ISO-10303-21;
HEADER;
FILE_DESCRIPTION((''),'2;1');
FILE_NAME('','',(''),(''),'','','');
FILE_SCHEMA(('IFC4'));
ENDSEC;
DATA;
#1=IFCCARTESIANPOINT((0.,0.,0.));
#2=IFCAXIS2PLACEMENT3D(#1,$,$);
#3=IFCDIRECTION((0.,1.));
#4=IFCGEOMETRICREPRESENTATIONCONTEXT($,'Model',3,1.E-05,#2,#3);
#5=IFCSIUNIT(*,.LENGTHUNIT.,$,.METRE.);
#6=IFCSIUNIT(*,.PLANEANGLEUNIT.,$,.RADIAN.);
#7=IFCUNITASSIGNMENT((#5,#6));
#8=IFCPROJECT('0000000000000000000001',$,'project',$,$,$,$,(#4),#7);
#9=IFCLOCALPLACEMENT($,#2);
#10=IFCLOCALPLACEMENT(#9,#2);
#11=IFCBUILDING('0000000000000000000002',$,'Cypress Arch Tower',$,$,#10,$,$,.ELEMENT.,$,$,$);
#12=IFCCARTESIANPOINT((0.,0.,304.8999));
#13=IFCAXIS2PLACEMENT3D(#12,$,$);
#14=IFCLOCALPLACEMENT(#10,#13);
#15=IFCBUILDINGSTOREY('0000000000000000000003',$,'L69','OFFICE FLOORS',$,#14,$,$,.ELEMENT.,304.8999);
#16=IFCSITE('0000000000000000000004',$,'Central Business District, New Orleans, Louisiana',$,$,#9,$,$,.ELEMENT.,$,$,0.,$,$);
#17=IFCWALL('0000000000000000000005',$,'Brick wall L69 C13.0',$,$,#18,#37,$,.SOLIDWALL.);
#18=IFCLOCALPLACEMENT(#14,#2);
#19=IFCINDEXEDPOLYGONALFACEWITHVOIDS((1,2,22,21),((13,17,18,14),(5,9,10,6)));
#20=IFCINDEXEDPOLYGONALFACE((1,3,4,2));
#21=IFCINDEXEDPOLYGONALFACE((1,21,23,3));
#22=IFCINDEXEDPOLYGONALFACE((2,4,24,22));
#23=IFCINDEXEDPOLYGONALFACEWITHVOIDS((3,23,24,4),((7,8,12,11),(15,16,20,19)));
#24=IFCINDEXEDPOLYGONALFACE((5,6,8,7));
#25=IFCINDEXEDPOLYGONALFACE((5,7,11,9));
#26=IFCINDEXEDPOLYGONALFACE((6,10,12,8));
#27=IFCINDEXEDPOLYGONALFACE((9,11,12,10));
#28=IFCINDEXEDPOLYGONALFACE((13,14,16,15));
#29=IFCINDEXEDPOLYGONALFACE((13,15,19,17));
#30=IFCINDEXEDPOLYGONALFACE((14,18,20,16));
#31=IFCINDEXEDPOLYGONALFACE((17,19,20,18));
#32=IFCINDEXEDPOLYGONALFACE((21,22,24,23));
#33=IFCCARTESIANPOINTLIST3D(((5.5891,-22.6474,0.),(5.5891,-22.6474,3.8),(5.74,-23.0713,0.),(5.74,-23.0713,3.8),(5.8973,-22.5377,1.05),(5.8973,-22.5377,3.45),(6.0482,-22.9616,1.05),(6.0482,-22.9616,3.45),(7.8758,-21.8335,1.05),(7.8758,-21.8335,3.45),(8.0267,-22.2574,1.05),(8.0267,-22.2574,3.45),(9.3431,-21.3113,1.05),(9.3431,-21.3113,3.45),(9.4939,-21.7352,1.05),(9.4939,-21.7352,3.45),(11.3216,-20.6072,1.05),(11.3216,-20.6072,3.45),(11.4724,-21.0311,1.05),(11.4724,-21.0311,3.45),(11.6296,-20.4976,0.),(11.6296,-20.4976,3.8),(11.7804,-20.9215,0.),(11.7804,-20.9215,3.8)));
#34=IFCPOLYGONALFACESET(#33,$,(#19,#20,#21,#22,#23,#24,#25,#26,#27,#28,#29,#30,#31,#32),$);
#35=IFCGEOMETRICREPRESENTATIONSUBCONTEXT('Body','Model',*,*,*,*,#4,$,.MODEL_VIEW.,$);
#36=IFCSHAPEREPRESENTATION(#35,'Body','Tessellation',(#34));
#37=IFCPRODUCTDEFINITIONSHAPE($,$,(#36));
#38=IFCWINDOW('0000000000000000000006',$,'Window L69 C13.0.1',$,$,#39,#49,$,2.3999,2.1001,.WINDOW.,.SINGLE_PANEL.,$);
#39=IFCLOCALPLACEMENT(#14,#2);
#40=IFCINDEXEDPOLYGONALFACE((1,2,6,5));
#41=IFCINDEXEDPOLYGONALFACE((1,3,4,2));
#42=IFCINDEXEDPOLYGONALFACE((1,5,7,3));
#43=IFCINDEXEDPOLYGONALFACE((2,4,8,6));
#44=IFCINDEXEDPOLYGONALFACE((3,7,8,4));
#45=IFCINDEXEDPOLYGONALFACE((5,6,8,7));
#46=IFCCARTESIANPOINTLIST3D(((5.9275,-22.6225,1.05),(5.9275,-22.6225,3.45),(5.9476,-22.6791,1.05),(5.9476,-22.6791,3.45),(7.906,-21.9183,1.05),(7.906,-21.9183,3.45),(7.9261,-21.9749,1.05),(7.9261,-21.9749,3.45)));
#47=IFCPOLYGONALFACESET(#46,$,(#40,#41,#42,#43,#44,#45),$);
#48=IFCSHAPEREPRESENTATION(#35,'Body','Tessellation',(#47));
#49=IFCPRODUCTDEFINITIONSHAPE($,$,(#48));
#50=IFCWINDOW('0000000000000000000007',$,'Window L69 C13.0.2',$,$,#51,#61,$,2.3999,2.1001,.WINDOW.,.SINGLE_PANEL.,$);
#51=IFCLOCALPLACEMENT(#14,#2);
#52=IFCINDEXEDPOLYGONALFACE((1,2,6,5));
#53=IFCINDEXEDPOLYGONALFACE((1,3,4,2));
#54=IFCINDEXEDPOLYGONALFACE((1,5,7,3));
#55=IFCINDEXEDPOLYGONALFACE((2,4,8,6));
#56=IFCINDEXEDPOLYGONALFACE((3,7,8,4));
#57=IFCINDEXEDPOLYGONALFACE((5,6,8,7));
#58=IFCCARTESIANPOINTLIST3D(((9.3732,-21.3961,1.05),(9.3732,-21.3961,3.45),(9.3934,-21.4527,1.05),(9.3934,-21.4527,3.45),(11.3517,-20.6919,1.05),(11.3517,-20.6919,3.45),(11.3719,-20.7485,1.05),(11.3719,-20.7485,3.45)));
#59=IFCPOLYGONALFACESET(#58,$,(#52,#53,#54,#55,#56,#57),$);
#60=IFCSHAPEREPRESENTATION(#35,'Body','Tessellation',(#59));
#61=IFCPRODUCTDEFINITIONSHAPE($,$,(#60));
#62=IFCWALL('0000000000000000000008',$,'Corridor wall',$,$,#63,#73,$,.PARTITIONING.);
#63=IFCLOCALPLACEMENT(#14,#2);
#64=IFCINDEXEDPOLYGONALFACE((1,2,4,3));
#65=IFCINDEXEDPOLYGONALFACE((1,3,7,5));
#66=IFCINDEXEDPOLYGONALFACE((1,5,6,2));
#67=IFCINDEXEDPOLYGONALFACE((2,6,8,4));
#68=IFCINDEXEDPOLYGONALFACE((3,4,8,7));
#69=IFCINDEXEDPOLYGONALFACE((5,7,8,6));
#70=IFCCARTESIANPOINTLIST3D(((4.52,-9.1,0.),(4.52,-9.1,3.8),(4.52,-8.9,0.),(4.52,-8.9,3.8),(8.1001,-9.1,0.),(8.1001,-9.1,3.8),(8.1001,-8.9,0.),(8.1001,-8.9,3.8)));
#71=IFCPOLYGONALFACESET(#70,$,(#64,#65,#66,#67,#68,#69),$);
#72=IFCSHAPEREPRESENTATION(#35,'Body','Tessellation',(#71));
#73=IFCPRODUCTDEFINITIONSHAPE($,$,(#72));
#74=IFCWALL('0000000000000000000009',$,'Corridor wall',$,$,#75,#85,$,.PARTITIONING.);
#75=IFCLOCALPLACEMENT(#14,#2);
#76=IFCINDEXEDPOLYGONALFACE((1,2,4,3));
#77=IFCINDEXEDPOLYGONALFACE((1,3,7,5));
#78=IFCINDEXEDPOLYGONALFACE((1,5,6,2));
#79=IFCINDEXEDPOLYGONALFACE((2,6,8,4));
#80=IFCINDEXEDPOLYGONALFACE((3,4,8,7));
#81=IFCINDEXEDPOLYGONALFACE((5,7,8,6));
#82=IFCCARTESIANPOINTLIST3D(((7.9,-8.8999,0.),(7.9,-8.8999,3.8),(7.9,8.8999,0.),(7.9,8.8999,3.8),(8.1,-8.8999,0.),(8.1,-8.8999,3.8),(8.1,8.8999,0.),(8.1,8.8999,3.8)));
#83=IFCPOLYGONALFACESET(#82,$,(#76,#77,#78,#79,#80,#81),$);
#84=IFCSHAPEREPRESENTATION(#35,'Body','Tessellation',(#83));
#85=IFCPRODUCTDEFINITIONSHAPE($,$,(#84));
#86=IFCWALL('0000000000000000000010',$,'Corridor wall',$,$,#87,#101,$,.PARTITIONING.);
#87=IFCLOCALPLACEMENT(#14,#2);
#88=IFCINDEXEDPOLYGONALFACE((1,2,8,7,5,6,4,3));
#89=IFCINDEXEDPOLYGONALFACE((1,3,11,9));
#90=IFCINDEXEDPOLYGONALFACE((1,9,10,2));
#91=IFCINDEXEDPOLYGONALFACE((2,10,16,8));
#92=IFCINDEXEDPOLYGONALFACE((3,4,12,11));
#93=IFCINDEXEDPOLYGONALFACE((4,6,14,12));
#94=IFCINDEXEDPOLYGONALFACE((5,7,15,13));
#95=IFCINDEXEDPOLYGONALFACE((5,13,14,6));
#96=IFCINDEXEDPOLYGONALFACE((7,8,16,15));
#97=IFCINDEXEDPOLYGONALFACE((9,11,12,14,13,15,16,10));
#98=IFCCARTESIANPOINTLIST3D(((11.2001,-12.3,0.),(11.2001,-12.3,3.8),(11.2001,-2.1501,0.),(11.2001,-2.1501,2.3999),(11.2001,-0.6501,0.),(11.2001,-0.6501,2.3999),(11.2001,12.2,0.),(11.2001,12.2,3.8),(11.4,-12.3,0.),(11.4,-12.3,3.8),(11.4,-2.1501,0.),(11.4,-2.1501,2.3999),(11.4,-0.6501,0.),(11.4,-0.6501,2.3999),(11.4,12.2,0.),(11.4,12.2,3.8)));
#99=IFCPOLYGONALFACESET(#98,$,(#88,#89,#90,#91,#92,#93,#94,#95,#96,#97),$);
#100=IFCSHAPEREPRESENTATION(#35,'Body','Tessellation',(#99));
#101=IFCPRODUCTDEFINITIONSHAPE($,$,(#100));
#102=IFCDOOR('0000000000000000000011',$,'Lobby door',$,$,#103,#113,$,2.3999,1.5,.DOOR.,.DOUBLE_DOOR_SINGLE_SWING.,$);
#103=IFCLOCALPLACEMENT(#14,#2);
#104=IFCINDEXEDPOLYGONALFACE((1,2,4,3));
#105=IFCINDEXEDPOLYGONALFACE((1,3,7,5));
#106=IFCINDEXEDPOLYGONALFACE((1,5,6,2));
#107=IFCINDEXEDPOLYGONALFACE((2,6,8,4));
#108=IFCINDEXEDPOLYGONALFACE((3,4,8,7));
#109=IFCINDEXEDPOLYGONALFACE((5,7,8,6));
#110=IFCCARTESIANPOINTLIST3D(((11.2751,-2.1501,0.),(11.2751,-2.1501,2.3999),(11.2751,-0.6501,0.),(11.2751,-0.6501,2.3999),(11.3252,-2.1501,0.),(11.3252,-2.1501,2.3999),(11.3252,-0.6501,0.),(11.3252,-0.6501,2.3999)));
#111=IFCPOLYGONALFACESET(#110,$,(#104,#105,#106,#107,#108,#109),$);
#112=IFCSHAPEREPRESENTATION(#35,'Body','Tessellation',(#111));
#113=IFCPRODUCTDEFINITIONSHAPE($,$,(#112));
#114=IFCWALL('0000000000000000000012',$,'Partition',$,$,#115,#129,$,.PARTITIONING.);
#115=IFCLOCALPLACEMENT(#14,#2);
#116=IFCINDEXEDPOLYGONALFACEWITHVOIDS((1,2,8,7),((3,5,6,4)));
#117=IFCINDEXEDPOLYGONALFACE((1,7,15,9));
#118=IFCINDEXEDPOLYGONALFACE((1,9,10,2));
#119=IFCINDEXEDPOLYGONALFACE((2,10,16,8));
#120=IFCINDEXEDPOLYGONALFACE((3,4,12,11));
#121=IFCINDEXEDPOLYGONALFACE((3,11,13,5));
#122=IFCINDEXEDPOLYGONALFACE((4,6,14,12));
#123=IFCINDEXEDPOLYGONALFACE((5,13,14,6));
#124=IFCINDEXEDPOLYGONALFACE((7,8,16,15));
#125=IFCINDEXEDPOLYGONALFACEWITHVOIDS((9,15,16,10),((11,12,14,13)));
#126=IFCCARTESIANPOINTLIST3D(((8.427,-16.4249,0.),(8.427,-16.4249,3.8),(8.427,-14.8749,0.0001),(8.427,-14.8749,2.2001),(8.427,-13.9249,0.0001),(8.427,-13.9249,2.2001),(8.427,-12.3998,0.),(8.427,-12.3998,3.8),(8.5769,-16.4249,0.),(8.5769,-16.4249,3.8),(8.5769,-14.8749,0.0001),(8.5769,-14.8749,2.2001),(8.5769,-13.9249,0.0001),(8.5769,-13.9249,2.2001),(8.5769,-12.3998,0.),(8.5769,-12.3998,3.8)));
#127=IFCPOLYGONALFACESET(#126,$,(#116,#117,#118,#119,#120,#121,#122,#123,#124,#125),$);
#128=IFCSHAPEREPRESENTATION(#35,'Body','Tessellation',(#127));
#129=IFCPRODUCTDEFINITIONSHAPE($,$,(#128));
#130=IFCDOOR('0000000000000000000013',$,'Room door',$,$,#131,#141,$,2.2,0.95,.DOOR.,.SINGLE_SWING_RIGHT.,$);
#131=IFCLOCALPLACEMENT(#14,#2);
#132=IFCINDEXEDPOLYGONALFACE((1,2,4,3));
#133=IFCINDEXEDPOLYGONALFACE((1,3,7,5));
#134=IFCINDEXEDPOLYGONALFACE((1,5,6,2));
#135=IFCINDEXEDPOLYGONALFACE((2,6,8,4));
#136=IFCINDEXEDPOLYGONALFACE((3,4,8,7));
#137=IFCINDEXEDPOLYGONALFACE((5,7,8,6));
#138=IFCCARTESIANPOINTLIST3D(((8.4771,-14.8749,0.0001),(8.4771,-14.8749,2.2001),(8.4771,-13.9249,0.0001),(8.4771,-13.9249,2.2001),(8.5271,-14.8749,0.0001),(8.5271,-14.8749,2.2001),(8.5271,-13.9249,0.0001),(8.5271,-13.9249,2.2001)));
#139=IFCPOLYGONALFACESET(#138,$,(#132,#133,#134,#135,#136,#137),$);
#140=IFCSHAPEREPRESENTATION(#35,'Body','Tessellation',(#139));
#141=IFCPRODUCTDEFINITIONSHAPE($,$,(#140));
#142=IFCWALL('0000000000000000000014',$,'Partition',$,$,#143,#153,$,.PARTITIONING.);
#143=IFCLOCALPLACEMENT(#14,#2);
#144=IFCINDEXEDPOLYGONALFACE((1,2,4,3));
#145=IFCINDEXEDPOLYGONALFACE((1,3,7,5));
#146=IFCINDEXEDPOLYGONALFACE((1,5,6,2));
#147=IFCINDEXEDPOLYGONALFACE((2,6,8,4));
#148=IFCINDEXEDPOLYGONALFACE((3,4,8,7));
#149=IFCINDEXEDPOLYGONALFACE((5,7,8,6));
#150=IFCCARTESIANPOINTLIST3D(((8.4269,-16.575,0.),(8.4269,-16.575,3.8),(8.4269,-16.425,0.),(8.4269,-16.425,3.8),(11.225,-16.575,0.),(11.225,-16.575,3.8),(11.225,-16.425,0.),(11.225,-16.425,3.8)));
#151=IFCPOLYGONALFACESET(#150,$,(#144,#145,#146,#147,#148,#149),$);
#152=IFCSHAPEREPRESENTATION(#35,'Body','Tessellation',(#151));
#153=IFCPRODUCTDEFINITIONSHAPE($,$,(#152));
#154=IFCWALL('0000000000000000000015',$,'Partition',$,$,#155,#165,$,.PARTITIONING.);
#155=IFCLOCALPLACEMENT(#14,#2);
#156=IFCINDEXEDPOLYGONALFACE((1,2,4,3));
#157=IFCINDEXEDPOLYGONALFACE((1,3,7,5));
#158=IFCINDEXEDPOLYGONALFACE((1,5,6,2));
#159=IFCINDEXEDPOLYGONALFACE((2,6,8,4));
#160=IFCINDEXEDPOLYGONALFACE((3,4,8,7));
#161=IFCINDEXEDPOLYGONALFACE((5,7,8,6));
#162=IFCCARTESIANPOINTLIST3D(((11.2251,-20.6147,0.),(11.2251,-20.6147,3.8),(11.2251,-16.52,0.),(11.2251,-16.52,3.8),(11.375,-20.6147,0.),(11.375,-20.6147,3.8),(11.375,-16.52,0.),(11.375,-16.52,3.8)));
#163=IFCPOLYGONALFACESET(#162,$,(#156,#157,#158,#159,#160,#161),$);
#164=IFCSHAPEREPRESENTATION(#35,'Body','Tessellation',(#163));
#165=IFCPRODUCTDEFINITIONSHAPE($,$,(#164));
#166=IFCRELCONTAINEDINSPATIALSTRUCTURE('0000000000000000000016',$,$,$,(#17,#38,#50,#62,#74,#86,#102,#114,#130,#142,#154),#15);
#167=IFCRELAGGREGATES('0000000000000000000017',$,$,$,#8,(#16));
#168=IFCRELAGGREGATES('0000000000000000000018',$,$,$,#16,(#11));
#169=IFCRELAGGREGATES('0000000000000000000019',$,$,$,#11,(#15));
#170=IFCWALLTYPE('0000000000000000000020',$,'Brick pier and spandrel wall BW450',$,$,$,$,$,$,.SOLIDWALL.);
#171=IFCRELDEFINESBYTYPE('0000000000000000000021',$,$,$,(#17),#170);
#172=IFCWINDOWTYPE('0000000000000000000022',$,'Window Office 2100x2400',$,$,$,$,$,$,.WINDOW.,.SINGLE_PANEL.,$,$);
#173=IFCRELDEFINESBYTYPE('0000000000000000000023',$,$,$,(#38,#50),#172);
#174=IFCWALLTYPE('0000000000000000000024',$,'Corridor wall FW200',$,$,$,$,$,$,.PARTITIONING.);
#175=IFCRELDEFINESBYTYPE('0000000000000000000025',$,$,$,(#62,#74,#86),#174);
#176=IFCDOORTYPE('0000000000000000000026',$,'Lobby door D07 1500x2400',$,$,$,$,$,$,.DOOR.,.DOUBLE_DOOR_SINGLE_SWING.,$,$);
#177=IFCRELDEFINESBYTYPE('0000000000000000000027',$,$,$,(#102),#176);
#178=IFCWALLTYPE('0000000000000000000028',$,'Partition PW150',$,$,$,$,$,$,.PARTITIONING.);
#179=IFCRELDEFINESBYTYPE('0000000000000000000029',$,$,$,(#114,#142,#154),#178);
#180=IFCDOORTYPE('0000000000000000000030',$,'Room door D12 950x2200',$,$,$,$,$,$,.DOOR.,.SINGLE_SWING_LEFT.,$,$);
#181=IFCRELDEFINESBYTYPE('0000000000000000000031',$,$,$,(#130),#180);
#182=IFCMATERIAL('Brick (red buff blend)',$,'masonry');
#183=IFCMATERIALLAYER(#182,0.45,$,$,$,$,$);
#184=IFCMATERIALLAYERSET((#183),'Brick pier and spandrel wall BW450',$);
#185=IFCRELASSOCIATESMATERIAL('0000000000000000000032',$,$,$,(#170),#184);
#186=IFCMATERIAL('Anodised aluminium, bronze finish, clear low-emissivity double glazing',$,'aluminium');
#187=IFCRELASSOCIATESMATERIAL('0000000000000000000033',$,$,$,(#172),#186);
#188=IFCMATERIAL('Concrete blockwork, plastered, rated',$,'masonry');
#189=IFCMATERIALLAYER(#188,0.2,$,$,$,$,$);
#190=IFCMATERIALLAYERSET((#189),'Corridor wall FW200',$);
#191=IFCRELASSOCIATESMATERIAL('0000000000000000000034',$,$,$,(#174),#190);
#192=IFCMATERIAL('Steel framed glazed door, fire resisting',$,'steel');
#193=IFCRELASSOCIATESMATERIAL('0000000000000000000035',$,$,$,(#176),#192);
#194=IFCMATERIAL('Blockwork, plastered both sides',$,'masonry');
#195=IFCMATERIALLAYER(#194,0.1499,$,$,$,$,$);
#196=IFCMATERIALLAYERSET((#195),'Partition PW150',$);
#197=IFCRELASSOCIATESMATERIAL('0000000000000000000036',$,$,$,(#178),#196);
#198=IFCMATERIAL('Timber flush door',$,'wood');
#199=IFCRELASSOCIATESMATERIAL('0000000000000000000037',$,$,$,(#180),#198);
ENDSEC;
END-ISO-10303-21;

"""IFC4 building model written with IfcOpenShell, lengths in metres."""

from ifc_helpers import new_model, si_unit, direction, frame, frame_2d, origin, place, context, subcontext, project, spatial, rectangle, extrude, material, layer, layer_set, type_object, element, fill, save


model = new_model("IFC4")

# Units and contexts
model_context = context("Model", 3, precision=1e-05, world=origin(), true_north=direction((0.0, 1.0)))
body_context = subcontext(model_context, "Body", "Model", "MODEL_VIEW")
ifc_project = project(units=[si_unit("LENGTHUNIT", "METRE"), si_unit("PLANEANGLEUNIT", "RADIAN")], contexts=[model_context])

# Site, building, storey
site_placement = place(None, origin())
site = spatial("IfcSite", under=ifc_project, at=site_placement, Name="Central Business District, New Orleans, Louisiana", CompositionType="ELEMENT", RefElevation=0.0)
building_placement = place(site_placement, origin())
building = spatial("IfcBuilding", under=site, at=building_placement, Name="Cypress Arch Tower", CompositionType="ELEMENT")
storey_placement = place(building_placement, frame((0.0, 0.0, 304.8999)))
storey = spatial("IfcBuildingStorey", under=building, at=storey_placement, Name="L69", Description="OFFICE FLOORS", CompositionType="ELEMENT", Elevation=304.8999)

# Wall, openings, windows
ifc_material_1 = material(Name="Brick (red buff blend)", Category="masonry")
ifc_layer_1 = layer(ifc_material_1, 0.45)
ifc_layer_set_1 = layer_set([ifc_layer_1], Name="Brick pier and spandrel wall BW450")
wall_type_1 = type_object("IfcWallType", Name="Brick pier and spandrel wall BW450", PredefinedType="SOLIDWALL", material=ifc_layer_set_1)
wall_1_placement = place(storey_placement, frame((5.6646, -22.8594, 0.0), z_axis=(0.0, 0.0, 1.0), x_axis=(0.942108, 0.335309, 0.0)))
wall_1 = element("IfcWall", 1, at=wall_1_placement, inside=storey, type_object=wall_type_1, Name="Brick wall L69 C13.0", PredefinedType="SOLIDWALL", context=body_context, shape_type="SweptSolid", body=[
    extrude(rectangle(XDim=6.4116, YDim=0.45, at=frame_2d((3.2058, 0.0))), origin(), (0.0, 0.0, 1.0), 3.8),
])
opening_1_placement = place(wall_1_placement, frame((0.3271, 0.0, 1.05)))
opening_1 = element("IfcOpeningElement", 2, at=opening_1_placement, cuts=wall_1, PredefinedType="OPENING", context=body_context, shape_type="SweptSolid", body=[
    extrude(rectangle(XDim=2.1001, YDim=2.3999, at=frame_2d((1.05, 1.2))), frame((0.0, 0.2349, 0.0), z_axis=(0.0, -1.0, 0.0), x_axis=(1.0, 0.0, 0.0)), (0.0, 0.0, 1.0), 0.47),
])
opening_2_placement = place(wall_1_placement, frame((3.9846, 0.0, 1.05)))
opening_2 = element("IfcOpeningElement", 3, at=opening_2_placement, cuts=wall_1, PredefinedType="OPENING", context=body_context, shape_type="SweptSolid", body=[
    extrude(rectangle(XDim=2.1001, YDim=2.3999, at=frame_2d((1.05, 1.2))), frame((0.0, 0.2349, 0.0), z_axis=(0.0, -1.0, 0.0), x_axis=(1.0, 0.0, 0.0)), (0.0, 0.0, 1.0), 0.47),
])
ifc_material_2 = material(Name="Anodised aluminium, bronze finish, clear low-emissivity double glazing", Category="aluminium")
window_type = type_object("IfcWindowType", Name="Window Office 2100x2400", PartitioningType="SINGLE_PANEL", PredefinedType="WINDOW", material=ifc_material_2)
window_1_placement = place(opening_1_placement, origin())
window_1 = element("IfcWindow", 4, at=window_1_placement, inside=storey, type_object=window_type, Name="Window L69 C13.0.1", OverallHeight=2.3999, OverallWidth=2.1001, PartitioningType="SINGLE_PANEL", PredefinedType="WINDOW", context=body_context, shape_type="SweptSolid", body=[
    extrude(rectangle(XDim=2.1001, YDim=2.3999, at=frame_2d((1.05, 1.2))), frame((0.0, 0.135, 0.0), z_axis=(0.0, -1.0, 0.0), x_axis=(1.0, 0.0, 0.0)), (0.0, 0.0, 1.0), 0.0601),
])
fill(opening_1, window_1)
window_2_placement = place(opening_2_placement, origin())
window_2 = element("IfcWindow", 5, at=window_2_placement, inside=storey, type_object=window_type, Name="Window L69 C13.0.2", OverallHeight=2.3999, OverallWidth=2.1001, PartitioningType="SINGLE_PANEL", PredefinedType="WINDOW", context=body_context, shape_type="SweptSolid", body=[
    extrude(rectangle(XDim=2.1001, YDim=2.3999, at=frame_2d((1.05, 1.2))), frame((0.0, 0.135, 0.0), z_axis=(0.0, -1.0, 0.0), x_axis=(1.0, 0.0, 0.0)), (0.0, 0.0, 1.0), 0.0601),
])
fill(opening_2, window_2)

# Walls
ifc_material_3 = material(Name="Concrete blockwork, plastered, rated", Category="masonry")
ifc_layer_2 = layer(ifc_material_3, 0.2)
ifc_layer_set_2 = layer_set([ifc_layer_2], Name="Corridor wall FW200")
wall_type_2 = type_object("IfcWallType", Name="Corridor wall FW200", PredefinedType="PARTITIONING", material=ifc_layer_set_2)
wall_2_placement = place(storey_placement, frame((4.52, -9.0, 0.0), z_axis=(0.0, 0.0, 1.0), x_axis=(1.0, 0.0, 0.0)))
element("IfcWall", 6, at=wall_2_placement, inside=storey, type_object=wall_type_2, Name="Corridor wall", PredefinedType="PARTITIONING", context=body_context, shape_type="SweptSolid", body=[
    extrude(rectangle(XDim=3.5801, YDim=0.2, at=frame_2d((1.79, 0.0))), origin(), (0.0, 0.0, 1.0), 3.8),
])
wall_3_placement = place(storey_placement, frame((8.0, -8.8999, 0.0), z_axis=(0.0, 0.0, 1.0), x_axis=(0.0, 1.0, 0.0)))
element("IfcWall", 7, at=wall_3_placement, inside=storey, type_object=wall_type_2, Name="Corridor wall", PredefinedType="PARTITIONING", context=body_context, shape_type="SweptSolid", body=[
    extrude(rectangle(XDim=17.7998, YDim=0.2, at=frame_2d((8.8999, 0.0))), origin(), (0.0, 0.0, 1.0), 3.8),
])

# Walls, openings, doors
wall_4_placement = place(storey_placement, frame((11.3, -12.3, 0.0), z_axis=(0.0, 0.0, 1.0), x_axis=(0.0, 1.0, 0.0)))
wall_4 = element("IfcWall", 8, at=wall_4_placement, inside=storey, type_object=wall_type_2, Name="Corridor wall", PredefinedType="PARTITIONING", context=body_context, shape_type="SweptSolid", body=[
    extrude(rectangle(XDim=24.5, YDim=0.2, at=frame_2d((12.25, 0.0))), origin(), (0.0, 0.0, 1.0), 3.8),
])
opening_3_placement = place(wall_4_placement, frame((10.1499, 0.0, 0.0)))
opening_3 = element("IfcOpeningElement", 9, at=opening_3_placement, cuts=wall_4, PredefinedType="OPENING", context=body_context, shape_type="SweptSolid", body=[
    extrude(rectangle(XDim=1.5, YDim=2.3999, at=frame_2d((0.75, 1.2))), frame((0.0, 0.1099, 0.0), z_axis=(0.0, -1.0, 0.0), x_axis=(1.0, 0.0, 0.0)), (0.0, 0.0, 1.0), 0.22),
])
ifc_material_4 = material(Name="Steel framed glazed door, fire resisting", Category="steel")
door_type_1 = type_object("IfcDoorType", Name="Lobby door D07 1500x2400", OperationType="DOUBLE_DOOR_SINGLE_SWING", PredefinedType="DOOR", material=ifc_material_4)
door_1_placement = place(opening_3_placement, origin())
door_1 = element("IfcDoor", 10, at=door_1_placement, inside=storey, type_object=door_type_1, Name="Lobby door", OperationType="DOUBLE_DOOR_SINGLE_SWING", OverallHeight=2.3999, OverallWidth=1.5, PredefinedType="DOOR", context=body_context, shape_type="SweptSolid", body=[
    extrude(rectangle(XDim=1.5, YDim=2.3999, at=frame_2d((0.75, 1.2))), frame((0.0, 0.0249, 0.0), z_axis=(0.0, -1.0, 0.0), x_axis=(1.0, 0.0, 0.0)), (0.0, 0.0, 1.0), 0.05),
])
fill(opening_3, door_1)
ifc_material_5 = material(Name="Blockwork, plastered both sides", Category="masonry")
ifc_layer_3 = layer(ifc_material_5, 0.1499)
ifc_layer_set_3 = layer_set([ifc_layer_3], Name="Partition PW150")
wall_type_3 = type_object("IfcWallType", Name="Partition PW150", PredefinedType="PARTITIONING", material=ifc_layer_set_3)
wall_5_placement = place(storey_placement, frame((8.502, -16.425, 0.0), z_axis=(0.0, 0.0, 1.0), x_axis=(0.0, 1.0, 0.0)))
wall_5 = element("IfcWall", 11, at=wall_5_placement, inside=storey, type_object=wall_type_3, Name="Partition", PredefinedType="PARTITIONING", context=body_context, shape_type="SweptSolid", body=[
    extrude(rectangle(XDim=4.0251, YDim=0.1499, at=frame_2d((2.0127, 0.0))), origin(), (0.0, 0.0, 1.0), 3.8),
])
opening_4_placement = place(wall_5_placement, frame((1.55, 0.0, 0.0)))
opening_4 = element("IfcOpeningElement", 12, at=opening_4_placement, cuts=wall_5, PredefinedType="OPENING", context=body_context, shape_type="SweptSolid", body=[
    extrude(rectangle(XDim=0.95, YDim=2.2, at=frame_2d((0.4751, 1.1001))), frame((0.0, 0.085, 0.0), z_axis=(0.0, -1.0, 0.0), x_axis=(1.0, 0.0, 0.0)), (0.0, 0.0, 1.0), 0.1699),
])
ifc_material_6 = material(Name="Timber flush door", Category="wood")
door_type_2 = type_object("IfcDoorType", Name="Room door D12 950x2200", OperationType="SINGLE_SWING_LEFT", PredefinedType="DOOR", material=ifc_material_6)
door_2_placement = place(opening_4_placement, origin())
door_2 = element("IfcDoor", 13, at=door_2_placement, inside=storey, type_object=door_type_2, Name="Room door", OperationType="SINGLE_SWING_RIGHT", OverallHeight=2.2, OverallWidth=0.95, PredefinedType="DOOR", context=body_context, shape_type="SweptSolid", body=[
    extrude(rectangle(XDim=0.95, YDim=2.2, at=frame_2d((0.4751, 1.1001))), frame((0.0, 0.0249, 0.0), z_axis=(0.0, -1.0, 0.0), x_axis=(1.0, 0.0, 0.0)), (0.0, 0.0, 1.0), 0.05),
])
fill(opening_4, door_2)

# Walls
wall_6_placement = place(storey_placement, frame((8.427, -16.5, 0.0), z_axis=(0.0, 0.0, 1.0), x_axis=(1.0, 0.0, 0.0)))
element("IfcWall", 14, at=wall_6_placement, inside=storey, type_object=wall_type_3, Name="Partition", PredefinedType="PARTITIONING", context=body_context, shape_type="SweptSolid", body=[
    extrude(rectangle(XDim=2.7981, YDim=0.1499, at=frame_2d((1.3989, 0.0))), origin(), (0.0, 0.0, 1.0), 3.8),
])
wall_7_placement = place(storey_placement, frame((11.3, -20.6147, 0.0), z_axis=(0.0, 0.0, 1.0), x_axis=(0.0, 1.0, 0.0)))
element("IfcWall", 15, at=wall_7_placement, inside=storey, type_object=wall_type_3, Name="Partition", PredefinedType="PARTITIONING", context=body_context, shape_type="SweptSolid", body=[
    extrude(rectangle(XDim=4.0947, YDim=0.1499, at=frame_2d((2.0474, 0.0))), origin(), (0.0, 0.0, 1.0), 3.8),
])

save(model, "model.ifc")
